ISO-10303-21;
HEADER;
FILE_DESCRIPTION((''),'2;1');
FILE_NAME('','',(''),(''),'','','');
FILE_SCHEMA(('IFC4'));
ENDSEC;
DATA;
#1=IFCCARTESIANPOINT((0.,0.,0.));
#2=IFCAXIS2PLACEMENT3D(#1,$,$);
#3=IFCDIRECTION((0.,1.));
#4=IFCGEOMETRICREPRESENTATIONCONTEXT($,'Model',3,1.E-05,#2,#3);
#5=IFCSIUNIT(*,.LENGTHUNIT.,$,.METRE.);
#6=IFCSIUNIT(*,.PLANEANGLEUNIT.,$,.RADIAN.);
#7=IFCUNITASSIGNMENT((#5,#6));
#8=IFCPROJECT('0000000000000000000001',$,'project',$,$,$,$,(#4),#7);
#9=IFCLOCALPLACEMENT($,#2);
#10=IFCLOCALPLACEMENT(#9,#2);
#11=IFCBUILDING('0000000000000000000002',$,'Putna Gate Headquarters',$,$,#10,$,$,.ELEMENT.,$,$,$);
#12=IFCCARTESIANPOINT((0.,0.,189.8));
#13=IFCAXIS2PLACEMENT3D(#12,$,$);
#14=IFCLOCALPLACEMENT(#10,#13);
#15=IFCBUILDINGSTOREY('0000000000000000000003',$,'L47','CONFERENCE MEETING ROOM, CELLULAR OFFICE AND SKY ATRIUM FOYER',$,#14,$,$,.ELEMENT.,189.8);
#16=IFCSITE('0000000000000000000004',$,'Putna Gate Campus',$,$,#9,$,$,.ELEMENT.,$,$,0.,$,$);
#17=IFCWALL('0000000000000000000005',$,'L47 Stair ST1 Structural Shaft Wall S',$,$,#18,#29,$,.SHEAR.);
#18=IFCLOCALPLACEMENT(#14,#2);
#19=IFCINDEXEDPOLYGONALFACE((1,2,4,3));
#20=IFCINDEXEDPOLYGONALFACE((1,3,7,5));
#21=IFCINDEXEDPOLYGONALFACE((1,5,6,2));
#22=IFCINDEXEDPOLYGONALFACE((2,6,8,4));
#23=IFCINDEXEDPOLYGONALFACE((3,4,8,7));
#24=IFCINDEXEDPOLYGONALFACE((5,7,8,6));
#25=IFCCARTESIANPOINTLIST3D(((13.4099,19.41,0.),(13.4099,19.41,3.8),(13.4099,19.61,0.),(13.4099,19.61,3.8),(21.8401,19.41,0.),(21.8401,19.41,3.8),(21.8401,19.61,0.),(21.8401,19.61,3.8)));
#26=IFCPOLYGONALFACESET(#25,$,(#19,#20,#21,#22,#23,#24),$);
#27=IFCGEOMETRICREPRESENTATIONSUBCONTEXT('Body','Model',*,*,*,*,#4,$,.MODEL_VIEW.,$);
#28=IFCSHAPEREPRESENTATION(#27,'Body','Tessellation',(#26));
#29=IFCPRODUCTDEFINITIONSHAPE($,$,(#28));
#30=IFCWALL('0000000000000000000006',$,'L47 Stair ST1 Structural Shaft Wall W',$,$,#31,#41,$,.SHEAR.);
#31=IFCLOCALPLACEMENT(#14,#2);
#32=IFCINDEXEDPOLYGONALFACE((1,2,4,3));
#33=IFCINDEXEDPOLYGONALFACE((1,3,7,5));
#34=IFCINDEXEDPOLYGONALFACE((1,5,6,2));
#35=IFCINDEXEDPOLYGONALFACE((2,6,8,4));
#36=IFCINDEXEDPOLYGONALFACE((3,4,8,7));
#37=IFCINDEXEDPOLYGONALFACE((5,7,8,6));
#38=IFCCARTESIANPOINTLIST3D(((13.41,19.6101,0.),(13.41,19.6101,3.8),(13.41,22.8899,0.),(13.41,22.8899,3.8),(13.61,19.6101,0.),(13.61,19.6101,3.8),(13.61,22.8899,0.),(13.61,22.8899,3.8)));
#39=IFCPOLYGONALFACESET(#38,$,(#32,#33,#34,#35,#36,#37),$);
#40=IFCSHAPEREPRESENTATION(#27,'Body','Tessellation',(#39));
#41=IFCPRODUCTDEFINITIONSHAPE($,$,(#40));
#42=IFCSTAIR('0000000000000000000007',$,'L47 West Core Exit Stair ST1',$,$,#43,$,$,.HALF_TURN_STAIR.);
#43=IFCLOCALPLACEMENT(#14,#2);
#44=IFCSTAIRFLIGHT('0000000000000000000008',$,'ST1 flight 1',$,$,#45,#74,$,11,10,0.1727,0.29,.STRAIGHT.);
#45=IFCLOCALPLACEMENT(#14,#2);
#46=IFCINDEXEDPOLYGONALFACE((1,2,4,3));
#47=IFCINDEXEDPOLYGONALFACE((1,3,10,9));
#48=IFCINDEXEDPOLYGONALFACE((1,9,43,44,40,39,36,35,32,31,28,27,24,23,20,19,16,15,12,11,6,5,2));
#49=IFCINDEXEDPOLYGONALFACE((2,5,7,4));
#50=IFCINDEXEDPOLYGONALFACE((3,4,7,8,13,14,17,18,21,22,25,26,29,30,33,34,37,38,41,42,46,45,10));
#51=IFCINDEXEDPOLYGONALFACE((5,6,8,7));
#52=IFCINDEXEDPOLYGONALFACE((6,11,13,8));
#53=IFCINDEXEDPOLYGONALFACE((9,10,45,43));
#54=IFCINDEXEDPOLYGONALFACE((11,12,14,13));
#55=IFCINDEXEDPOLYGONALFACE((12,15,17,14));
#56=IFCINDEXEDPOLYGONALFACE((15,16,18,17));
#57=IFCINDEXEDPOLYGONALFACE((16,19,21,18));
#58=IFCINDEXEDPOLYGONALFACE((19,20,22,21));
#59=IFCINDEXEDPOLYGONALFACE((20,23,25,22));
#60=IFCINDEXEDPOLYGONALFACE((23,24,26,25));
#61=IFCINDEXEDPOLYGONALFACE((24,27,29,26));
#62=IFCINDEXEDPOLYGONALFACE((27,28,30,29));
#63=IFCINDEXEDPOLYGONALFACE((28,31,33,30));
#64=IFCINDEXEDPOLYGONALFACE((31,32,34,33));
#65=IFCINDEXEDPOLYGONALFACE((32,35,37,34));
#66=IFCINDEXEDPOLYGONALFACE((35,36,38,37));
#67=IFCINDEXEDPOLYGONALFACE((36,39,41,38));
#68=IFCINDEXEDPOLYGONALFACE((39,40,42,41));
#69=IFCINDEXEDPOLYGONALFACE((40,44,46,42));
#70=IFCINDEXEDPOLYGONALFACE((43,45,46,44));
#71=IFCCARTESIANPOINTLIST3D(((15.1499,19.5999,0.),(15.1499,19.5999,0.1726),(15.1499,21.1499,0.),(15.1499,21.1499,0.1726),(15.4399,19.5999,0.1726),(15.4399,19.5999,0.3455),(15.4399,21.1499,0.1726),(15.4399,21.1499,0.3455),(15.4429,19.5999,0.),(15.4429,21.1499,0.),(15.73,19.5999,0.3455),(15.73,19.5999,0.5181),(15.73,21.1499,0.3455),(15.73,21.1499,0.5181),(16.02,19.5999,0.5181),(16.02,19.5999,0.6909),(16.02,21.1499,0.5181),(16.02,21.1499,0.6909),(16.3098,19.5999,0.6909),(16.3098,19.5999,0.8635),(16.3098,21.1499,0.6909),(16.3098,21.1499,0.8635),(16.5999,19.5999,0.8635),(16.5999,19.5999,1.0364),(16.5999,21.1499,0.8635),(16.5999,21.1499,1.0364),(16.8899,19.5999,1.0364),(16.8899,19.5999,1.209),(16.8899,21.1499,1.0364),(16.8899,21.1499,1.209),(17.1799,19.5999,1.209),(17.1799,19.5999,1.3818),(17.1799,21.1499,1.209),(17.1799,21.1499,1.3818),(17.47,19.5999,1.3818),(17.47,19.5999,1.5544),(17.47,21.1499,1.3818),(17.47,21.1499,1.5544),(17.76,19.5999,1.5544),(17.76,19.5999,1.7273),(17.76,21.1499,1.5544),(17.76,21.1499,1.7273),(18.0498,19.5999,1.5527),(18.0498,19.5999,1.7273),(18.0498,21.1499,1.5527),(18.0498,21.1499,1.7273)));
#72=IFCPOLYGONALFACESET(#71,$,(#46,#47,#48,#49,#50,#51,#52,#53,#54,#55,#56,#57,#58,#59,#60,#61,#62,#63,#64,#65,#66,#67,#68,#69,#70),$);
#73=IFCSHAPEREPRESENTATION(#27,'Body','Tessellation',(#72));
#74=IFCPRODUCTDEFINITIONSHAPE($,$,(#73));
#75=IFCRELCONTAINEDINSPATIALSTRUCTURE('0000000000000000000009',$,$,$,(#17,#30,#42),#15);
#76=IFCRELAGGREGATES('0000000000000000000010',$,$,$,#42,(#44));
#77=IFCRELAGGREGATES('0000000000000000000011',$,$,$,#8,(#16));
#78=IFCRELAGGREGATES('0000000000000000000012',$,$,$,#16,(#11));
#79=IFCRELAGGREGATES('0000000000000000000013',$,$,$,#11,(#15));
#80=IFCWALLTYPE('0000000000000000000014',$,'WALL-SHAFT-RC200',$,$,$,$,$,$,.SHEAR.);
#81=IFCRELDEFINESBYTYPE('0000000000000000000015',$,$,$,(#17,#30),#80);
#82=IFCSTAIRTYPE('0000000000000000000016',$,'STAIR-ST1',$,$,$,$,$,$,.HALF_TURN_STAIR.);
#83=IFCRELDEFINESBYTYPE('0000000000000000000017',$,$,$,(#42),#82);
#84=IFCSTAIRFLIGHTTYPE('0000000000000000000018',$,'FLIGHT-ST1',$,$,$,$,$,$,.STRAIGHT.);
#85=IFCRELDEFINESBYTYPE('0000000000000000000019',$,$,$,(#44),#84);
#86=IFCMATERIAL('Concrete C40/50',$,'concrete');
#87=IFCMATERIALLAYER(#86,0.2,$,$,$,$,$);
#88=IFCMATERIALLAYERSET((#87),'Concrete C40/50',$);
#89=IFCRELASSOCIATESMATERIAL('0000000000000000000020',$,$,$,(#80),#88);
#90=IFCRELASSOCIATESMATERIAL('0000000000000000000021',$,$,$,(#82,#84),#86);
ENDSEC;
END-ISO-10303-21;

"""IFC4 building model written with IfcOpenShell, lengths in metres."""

from ifc_helpers import new_model, si_unit, direction, frame, frame_2d, origin, place, context, subcontext, project, spatial, polyline, rectangle, outline, extrude, material, layer, layer_set, type_object, element, aggregate, save


model = new_model("IFC4")

# Units and contexts
model_context = context("Model", 3, precision=1e-05, world=origin(), true_north=direction((0.0, 1.0)))
body_context = subcontext(model_context, "Body", "Model", "MODEL_VIEW")
ifc_project = project(units=[si_unit("LENGTHUNIT", "METRE"), si_unit("PLANEANGLEUNIT", "RADIAN")], contexts=[model_context])

# Site, building, storey
site_placement = place(None, origin())
site = spatial("IfcSite", under=ifc_project, at=site_placement, Name="Putna Gate Campus", CompositionType="ELEMENT", RefElevation=0.0)
building_placement = place(site_placement, origin())
building = spatial("IfcBuilding", under=site, at=building_placement, Name="Putna Gate Headquarters", CompositionType="ELEMENT")
storey_placement = place(building_placement, frame((0.0, 0.0, 189.8)))
storey = spatial("IfcBuildingStorey", under=building, at=storey_placement, Name="L47", Description="CONFERENCE MEETING ROOM, CELLULAR OFFICE AND SKY ATRIUM FOYER", CompositionType="ELEMENT", Elevation=189.8)

# Walls
ifc_material_1 = material(Name="Concrete C40/50", Category="concrete")
ifc_layer_1 = layer(ifc_material_1, 0.2)
ifc_layer_set_1 = layer_set([ifc_layer_1], Name="Concrete C40/50")
wall_type_1 = type_object("IfcWallType", Name="WALL-SHAFT-RC200", PredefinedType="SHEAR", material=ifc_layer_set_1)
wall_1_placement = place(storey_placement, frame((13.4099, 19.51, 0.0), z_axis=(0.0, 0.0, 1.0), x_axis=(1.0, 0.0, 0.0)))
element("IfcWall", 1, at=wall_1_placement, inside=storey, type_object=wall_type_1, Name="L47 Stair ST1 Structural Shaft Wall S", PredefinedType="SHEAR", context=body_context, shape_type="SweptSolid", body=[
    extrude(rectangle(XDim=8.4302, YDim=0.2, at=frame_2d((4.2151, 0.0))), origin(), (0.0, 0.0, 1.0), 3.8),
])
wall_2_placement = place(storey_placement, frame((13.51, 19.6101, 0.0), z_axis=(0.0, 0.0, 1.0), x_axis=(0.0, 1.0, 0.0)))
element("IfcWall", 2, at=wall_2_placement, inside=storey, type_object=wall_type_1, Name="L47 Stair ST1 Structural Shaft Wall W", PredefinedType="SHEAR", context=body_context, shape_type="SweptSolid", body=[
    extrude(rectangle(XDim=3.2798, YDim=0.2, at=frame_2d((1.6399, 0.0))), origin(), (0.0, 0.0, 1.0), 3.8),
])

# Stair, stair flight
stair_type = type_object("IfcStairType", Name="STAIR-ST1", PredefinedType="HALF_TURN_STAIR", material=ifc_material_1)
stair_placement = place(storey_placement, origin())
stair = element("IfcStair", 3, at=stair_placement, inside=storey, type_object=stair_type, Name="L47 West Core Exit Stair ST1", PredefinedType="HALF_TURN_STAIR")
stair_flight_type = type_object("IfcStairFlightType", Name="FLIGHT-ST1", PredefinedType="STRAIGHT", material=ifc_material_1)
stair_flight_placement = place(storey_placement, frame((15.1499, 20.375, 0.0), z_axis=(0.0, 0.0, 1.0), x_axis=(1.0, 0.0, 0.0)))
stair_flight = element("IfcStairFlight", 4, at=stair_flight_placement, type_object=stair_flight_type, Name="ST1 flight 1", NumberOfRisers=11, NumberOfTreads=10, PredefinedType="STRAIGHT", RiserHeight=0.1727, TreadLength=0.29, context=body_context, shape_type="SweptSolid", body=[
    extrude(outline(polyline([(0.0, 0.0), (0.0, 0.1726), (0.29, 0.1726), (0.29, 0.3455), (0.5801, 0.3455), (0.5801, 0.5181), (0.8701, 0.5181), (0.8701, 0.6909), (1.1599, 0.6909), (1.1599, 0.8635), (1.45, 0.8635), (1.45, 1.0364), (1.74, 1.0364), (1.74, 1.209), (2.03, 1.209), (2.03, 1.3818), (2.3201, 1.3818), (2.3201, 1.5544), (2.6101, 1.5544), (2.6101, 1.7273), (2.8999, 1.7273), (2.8999, 1.8999), (2.8999, 1.5527), (0.293, 0.0), (0.0, 0.0)])), frame((0.0, 0.7749, 0.0), z_axis=(0.0, -1.0, 0.0), x_axis=(1.0, 0.0, 0.0)), (0.0, 0.0, 1.0), 1.55),
])
aggregate(stair, [stair_flight])

save(model, "model.ifc")
